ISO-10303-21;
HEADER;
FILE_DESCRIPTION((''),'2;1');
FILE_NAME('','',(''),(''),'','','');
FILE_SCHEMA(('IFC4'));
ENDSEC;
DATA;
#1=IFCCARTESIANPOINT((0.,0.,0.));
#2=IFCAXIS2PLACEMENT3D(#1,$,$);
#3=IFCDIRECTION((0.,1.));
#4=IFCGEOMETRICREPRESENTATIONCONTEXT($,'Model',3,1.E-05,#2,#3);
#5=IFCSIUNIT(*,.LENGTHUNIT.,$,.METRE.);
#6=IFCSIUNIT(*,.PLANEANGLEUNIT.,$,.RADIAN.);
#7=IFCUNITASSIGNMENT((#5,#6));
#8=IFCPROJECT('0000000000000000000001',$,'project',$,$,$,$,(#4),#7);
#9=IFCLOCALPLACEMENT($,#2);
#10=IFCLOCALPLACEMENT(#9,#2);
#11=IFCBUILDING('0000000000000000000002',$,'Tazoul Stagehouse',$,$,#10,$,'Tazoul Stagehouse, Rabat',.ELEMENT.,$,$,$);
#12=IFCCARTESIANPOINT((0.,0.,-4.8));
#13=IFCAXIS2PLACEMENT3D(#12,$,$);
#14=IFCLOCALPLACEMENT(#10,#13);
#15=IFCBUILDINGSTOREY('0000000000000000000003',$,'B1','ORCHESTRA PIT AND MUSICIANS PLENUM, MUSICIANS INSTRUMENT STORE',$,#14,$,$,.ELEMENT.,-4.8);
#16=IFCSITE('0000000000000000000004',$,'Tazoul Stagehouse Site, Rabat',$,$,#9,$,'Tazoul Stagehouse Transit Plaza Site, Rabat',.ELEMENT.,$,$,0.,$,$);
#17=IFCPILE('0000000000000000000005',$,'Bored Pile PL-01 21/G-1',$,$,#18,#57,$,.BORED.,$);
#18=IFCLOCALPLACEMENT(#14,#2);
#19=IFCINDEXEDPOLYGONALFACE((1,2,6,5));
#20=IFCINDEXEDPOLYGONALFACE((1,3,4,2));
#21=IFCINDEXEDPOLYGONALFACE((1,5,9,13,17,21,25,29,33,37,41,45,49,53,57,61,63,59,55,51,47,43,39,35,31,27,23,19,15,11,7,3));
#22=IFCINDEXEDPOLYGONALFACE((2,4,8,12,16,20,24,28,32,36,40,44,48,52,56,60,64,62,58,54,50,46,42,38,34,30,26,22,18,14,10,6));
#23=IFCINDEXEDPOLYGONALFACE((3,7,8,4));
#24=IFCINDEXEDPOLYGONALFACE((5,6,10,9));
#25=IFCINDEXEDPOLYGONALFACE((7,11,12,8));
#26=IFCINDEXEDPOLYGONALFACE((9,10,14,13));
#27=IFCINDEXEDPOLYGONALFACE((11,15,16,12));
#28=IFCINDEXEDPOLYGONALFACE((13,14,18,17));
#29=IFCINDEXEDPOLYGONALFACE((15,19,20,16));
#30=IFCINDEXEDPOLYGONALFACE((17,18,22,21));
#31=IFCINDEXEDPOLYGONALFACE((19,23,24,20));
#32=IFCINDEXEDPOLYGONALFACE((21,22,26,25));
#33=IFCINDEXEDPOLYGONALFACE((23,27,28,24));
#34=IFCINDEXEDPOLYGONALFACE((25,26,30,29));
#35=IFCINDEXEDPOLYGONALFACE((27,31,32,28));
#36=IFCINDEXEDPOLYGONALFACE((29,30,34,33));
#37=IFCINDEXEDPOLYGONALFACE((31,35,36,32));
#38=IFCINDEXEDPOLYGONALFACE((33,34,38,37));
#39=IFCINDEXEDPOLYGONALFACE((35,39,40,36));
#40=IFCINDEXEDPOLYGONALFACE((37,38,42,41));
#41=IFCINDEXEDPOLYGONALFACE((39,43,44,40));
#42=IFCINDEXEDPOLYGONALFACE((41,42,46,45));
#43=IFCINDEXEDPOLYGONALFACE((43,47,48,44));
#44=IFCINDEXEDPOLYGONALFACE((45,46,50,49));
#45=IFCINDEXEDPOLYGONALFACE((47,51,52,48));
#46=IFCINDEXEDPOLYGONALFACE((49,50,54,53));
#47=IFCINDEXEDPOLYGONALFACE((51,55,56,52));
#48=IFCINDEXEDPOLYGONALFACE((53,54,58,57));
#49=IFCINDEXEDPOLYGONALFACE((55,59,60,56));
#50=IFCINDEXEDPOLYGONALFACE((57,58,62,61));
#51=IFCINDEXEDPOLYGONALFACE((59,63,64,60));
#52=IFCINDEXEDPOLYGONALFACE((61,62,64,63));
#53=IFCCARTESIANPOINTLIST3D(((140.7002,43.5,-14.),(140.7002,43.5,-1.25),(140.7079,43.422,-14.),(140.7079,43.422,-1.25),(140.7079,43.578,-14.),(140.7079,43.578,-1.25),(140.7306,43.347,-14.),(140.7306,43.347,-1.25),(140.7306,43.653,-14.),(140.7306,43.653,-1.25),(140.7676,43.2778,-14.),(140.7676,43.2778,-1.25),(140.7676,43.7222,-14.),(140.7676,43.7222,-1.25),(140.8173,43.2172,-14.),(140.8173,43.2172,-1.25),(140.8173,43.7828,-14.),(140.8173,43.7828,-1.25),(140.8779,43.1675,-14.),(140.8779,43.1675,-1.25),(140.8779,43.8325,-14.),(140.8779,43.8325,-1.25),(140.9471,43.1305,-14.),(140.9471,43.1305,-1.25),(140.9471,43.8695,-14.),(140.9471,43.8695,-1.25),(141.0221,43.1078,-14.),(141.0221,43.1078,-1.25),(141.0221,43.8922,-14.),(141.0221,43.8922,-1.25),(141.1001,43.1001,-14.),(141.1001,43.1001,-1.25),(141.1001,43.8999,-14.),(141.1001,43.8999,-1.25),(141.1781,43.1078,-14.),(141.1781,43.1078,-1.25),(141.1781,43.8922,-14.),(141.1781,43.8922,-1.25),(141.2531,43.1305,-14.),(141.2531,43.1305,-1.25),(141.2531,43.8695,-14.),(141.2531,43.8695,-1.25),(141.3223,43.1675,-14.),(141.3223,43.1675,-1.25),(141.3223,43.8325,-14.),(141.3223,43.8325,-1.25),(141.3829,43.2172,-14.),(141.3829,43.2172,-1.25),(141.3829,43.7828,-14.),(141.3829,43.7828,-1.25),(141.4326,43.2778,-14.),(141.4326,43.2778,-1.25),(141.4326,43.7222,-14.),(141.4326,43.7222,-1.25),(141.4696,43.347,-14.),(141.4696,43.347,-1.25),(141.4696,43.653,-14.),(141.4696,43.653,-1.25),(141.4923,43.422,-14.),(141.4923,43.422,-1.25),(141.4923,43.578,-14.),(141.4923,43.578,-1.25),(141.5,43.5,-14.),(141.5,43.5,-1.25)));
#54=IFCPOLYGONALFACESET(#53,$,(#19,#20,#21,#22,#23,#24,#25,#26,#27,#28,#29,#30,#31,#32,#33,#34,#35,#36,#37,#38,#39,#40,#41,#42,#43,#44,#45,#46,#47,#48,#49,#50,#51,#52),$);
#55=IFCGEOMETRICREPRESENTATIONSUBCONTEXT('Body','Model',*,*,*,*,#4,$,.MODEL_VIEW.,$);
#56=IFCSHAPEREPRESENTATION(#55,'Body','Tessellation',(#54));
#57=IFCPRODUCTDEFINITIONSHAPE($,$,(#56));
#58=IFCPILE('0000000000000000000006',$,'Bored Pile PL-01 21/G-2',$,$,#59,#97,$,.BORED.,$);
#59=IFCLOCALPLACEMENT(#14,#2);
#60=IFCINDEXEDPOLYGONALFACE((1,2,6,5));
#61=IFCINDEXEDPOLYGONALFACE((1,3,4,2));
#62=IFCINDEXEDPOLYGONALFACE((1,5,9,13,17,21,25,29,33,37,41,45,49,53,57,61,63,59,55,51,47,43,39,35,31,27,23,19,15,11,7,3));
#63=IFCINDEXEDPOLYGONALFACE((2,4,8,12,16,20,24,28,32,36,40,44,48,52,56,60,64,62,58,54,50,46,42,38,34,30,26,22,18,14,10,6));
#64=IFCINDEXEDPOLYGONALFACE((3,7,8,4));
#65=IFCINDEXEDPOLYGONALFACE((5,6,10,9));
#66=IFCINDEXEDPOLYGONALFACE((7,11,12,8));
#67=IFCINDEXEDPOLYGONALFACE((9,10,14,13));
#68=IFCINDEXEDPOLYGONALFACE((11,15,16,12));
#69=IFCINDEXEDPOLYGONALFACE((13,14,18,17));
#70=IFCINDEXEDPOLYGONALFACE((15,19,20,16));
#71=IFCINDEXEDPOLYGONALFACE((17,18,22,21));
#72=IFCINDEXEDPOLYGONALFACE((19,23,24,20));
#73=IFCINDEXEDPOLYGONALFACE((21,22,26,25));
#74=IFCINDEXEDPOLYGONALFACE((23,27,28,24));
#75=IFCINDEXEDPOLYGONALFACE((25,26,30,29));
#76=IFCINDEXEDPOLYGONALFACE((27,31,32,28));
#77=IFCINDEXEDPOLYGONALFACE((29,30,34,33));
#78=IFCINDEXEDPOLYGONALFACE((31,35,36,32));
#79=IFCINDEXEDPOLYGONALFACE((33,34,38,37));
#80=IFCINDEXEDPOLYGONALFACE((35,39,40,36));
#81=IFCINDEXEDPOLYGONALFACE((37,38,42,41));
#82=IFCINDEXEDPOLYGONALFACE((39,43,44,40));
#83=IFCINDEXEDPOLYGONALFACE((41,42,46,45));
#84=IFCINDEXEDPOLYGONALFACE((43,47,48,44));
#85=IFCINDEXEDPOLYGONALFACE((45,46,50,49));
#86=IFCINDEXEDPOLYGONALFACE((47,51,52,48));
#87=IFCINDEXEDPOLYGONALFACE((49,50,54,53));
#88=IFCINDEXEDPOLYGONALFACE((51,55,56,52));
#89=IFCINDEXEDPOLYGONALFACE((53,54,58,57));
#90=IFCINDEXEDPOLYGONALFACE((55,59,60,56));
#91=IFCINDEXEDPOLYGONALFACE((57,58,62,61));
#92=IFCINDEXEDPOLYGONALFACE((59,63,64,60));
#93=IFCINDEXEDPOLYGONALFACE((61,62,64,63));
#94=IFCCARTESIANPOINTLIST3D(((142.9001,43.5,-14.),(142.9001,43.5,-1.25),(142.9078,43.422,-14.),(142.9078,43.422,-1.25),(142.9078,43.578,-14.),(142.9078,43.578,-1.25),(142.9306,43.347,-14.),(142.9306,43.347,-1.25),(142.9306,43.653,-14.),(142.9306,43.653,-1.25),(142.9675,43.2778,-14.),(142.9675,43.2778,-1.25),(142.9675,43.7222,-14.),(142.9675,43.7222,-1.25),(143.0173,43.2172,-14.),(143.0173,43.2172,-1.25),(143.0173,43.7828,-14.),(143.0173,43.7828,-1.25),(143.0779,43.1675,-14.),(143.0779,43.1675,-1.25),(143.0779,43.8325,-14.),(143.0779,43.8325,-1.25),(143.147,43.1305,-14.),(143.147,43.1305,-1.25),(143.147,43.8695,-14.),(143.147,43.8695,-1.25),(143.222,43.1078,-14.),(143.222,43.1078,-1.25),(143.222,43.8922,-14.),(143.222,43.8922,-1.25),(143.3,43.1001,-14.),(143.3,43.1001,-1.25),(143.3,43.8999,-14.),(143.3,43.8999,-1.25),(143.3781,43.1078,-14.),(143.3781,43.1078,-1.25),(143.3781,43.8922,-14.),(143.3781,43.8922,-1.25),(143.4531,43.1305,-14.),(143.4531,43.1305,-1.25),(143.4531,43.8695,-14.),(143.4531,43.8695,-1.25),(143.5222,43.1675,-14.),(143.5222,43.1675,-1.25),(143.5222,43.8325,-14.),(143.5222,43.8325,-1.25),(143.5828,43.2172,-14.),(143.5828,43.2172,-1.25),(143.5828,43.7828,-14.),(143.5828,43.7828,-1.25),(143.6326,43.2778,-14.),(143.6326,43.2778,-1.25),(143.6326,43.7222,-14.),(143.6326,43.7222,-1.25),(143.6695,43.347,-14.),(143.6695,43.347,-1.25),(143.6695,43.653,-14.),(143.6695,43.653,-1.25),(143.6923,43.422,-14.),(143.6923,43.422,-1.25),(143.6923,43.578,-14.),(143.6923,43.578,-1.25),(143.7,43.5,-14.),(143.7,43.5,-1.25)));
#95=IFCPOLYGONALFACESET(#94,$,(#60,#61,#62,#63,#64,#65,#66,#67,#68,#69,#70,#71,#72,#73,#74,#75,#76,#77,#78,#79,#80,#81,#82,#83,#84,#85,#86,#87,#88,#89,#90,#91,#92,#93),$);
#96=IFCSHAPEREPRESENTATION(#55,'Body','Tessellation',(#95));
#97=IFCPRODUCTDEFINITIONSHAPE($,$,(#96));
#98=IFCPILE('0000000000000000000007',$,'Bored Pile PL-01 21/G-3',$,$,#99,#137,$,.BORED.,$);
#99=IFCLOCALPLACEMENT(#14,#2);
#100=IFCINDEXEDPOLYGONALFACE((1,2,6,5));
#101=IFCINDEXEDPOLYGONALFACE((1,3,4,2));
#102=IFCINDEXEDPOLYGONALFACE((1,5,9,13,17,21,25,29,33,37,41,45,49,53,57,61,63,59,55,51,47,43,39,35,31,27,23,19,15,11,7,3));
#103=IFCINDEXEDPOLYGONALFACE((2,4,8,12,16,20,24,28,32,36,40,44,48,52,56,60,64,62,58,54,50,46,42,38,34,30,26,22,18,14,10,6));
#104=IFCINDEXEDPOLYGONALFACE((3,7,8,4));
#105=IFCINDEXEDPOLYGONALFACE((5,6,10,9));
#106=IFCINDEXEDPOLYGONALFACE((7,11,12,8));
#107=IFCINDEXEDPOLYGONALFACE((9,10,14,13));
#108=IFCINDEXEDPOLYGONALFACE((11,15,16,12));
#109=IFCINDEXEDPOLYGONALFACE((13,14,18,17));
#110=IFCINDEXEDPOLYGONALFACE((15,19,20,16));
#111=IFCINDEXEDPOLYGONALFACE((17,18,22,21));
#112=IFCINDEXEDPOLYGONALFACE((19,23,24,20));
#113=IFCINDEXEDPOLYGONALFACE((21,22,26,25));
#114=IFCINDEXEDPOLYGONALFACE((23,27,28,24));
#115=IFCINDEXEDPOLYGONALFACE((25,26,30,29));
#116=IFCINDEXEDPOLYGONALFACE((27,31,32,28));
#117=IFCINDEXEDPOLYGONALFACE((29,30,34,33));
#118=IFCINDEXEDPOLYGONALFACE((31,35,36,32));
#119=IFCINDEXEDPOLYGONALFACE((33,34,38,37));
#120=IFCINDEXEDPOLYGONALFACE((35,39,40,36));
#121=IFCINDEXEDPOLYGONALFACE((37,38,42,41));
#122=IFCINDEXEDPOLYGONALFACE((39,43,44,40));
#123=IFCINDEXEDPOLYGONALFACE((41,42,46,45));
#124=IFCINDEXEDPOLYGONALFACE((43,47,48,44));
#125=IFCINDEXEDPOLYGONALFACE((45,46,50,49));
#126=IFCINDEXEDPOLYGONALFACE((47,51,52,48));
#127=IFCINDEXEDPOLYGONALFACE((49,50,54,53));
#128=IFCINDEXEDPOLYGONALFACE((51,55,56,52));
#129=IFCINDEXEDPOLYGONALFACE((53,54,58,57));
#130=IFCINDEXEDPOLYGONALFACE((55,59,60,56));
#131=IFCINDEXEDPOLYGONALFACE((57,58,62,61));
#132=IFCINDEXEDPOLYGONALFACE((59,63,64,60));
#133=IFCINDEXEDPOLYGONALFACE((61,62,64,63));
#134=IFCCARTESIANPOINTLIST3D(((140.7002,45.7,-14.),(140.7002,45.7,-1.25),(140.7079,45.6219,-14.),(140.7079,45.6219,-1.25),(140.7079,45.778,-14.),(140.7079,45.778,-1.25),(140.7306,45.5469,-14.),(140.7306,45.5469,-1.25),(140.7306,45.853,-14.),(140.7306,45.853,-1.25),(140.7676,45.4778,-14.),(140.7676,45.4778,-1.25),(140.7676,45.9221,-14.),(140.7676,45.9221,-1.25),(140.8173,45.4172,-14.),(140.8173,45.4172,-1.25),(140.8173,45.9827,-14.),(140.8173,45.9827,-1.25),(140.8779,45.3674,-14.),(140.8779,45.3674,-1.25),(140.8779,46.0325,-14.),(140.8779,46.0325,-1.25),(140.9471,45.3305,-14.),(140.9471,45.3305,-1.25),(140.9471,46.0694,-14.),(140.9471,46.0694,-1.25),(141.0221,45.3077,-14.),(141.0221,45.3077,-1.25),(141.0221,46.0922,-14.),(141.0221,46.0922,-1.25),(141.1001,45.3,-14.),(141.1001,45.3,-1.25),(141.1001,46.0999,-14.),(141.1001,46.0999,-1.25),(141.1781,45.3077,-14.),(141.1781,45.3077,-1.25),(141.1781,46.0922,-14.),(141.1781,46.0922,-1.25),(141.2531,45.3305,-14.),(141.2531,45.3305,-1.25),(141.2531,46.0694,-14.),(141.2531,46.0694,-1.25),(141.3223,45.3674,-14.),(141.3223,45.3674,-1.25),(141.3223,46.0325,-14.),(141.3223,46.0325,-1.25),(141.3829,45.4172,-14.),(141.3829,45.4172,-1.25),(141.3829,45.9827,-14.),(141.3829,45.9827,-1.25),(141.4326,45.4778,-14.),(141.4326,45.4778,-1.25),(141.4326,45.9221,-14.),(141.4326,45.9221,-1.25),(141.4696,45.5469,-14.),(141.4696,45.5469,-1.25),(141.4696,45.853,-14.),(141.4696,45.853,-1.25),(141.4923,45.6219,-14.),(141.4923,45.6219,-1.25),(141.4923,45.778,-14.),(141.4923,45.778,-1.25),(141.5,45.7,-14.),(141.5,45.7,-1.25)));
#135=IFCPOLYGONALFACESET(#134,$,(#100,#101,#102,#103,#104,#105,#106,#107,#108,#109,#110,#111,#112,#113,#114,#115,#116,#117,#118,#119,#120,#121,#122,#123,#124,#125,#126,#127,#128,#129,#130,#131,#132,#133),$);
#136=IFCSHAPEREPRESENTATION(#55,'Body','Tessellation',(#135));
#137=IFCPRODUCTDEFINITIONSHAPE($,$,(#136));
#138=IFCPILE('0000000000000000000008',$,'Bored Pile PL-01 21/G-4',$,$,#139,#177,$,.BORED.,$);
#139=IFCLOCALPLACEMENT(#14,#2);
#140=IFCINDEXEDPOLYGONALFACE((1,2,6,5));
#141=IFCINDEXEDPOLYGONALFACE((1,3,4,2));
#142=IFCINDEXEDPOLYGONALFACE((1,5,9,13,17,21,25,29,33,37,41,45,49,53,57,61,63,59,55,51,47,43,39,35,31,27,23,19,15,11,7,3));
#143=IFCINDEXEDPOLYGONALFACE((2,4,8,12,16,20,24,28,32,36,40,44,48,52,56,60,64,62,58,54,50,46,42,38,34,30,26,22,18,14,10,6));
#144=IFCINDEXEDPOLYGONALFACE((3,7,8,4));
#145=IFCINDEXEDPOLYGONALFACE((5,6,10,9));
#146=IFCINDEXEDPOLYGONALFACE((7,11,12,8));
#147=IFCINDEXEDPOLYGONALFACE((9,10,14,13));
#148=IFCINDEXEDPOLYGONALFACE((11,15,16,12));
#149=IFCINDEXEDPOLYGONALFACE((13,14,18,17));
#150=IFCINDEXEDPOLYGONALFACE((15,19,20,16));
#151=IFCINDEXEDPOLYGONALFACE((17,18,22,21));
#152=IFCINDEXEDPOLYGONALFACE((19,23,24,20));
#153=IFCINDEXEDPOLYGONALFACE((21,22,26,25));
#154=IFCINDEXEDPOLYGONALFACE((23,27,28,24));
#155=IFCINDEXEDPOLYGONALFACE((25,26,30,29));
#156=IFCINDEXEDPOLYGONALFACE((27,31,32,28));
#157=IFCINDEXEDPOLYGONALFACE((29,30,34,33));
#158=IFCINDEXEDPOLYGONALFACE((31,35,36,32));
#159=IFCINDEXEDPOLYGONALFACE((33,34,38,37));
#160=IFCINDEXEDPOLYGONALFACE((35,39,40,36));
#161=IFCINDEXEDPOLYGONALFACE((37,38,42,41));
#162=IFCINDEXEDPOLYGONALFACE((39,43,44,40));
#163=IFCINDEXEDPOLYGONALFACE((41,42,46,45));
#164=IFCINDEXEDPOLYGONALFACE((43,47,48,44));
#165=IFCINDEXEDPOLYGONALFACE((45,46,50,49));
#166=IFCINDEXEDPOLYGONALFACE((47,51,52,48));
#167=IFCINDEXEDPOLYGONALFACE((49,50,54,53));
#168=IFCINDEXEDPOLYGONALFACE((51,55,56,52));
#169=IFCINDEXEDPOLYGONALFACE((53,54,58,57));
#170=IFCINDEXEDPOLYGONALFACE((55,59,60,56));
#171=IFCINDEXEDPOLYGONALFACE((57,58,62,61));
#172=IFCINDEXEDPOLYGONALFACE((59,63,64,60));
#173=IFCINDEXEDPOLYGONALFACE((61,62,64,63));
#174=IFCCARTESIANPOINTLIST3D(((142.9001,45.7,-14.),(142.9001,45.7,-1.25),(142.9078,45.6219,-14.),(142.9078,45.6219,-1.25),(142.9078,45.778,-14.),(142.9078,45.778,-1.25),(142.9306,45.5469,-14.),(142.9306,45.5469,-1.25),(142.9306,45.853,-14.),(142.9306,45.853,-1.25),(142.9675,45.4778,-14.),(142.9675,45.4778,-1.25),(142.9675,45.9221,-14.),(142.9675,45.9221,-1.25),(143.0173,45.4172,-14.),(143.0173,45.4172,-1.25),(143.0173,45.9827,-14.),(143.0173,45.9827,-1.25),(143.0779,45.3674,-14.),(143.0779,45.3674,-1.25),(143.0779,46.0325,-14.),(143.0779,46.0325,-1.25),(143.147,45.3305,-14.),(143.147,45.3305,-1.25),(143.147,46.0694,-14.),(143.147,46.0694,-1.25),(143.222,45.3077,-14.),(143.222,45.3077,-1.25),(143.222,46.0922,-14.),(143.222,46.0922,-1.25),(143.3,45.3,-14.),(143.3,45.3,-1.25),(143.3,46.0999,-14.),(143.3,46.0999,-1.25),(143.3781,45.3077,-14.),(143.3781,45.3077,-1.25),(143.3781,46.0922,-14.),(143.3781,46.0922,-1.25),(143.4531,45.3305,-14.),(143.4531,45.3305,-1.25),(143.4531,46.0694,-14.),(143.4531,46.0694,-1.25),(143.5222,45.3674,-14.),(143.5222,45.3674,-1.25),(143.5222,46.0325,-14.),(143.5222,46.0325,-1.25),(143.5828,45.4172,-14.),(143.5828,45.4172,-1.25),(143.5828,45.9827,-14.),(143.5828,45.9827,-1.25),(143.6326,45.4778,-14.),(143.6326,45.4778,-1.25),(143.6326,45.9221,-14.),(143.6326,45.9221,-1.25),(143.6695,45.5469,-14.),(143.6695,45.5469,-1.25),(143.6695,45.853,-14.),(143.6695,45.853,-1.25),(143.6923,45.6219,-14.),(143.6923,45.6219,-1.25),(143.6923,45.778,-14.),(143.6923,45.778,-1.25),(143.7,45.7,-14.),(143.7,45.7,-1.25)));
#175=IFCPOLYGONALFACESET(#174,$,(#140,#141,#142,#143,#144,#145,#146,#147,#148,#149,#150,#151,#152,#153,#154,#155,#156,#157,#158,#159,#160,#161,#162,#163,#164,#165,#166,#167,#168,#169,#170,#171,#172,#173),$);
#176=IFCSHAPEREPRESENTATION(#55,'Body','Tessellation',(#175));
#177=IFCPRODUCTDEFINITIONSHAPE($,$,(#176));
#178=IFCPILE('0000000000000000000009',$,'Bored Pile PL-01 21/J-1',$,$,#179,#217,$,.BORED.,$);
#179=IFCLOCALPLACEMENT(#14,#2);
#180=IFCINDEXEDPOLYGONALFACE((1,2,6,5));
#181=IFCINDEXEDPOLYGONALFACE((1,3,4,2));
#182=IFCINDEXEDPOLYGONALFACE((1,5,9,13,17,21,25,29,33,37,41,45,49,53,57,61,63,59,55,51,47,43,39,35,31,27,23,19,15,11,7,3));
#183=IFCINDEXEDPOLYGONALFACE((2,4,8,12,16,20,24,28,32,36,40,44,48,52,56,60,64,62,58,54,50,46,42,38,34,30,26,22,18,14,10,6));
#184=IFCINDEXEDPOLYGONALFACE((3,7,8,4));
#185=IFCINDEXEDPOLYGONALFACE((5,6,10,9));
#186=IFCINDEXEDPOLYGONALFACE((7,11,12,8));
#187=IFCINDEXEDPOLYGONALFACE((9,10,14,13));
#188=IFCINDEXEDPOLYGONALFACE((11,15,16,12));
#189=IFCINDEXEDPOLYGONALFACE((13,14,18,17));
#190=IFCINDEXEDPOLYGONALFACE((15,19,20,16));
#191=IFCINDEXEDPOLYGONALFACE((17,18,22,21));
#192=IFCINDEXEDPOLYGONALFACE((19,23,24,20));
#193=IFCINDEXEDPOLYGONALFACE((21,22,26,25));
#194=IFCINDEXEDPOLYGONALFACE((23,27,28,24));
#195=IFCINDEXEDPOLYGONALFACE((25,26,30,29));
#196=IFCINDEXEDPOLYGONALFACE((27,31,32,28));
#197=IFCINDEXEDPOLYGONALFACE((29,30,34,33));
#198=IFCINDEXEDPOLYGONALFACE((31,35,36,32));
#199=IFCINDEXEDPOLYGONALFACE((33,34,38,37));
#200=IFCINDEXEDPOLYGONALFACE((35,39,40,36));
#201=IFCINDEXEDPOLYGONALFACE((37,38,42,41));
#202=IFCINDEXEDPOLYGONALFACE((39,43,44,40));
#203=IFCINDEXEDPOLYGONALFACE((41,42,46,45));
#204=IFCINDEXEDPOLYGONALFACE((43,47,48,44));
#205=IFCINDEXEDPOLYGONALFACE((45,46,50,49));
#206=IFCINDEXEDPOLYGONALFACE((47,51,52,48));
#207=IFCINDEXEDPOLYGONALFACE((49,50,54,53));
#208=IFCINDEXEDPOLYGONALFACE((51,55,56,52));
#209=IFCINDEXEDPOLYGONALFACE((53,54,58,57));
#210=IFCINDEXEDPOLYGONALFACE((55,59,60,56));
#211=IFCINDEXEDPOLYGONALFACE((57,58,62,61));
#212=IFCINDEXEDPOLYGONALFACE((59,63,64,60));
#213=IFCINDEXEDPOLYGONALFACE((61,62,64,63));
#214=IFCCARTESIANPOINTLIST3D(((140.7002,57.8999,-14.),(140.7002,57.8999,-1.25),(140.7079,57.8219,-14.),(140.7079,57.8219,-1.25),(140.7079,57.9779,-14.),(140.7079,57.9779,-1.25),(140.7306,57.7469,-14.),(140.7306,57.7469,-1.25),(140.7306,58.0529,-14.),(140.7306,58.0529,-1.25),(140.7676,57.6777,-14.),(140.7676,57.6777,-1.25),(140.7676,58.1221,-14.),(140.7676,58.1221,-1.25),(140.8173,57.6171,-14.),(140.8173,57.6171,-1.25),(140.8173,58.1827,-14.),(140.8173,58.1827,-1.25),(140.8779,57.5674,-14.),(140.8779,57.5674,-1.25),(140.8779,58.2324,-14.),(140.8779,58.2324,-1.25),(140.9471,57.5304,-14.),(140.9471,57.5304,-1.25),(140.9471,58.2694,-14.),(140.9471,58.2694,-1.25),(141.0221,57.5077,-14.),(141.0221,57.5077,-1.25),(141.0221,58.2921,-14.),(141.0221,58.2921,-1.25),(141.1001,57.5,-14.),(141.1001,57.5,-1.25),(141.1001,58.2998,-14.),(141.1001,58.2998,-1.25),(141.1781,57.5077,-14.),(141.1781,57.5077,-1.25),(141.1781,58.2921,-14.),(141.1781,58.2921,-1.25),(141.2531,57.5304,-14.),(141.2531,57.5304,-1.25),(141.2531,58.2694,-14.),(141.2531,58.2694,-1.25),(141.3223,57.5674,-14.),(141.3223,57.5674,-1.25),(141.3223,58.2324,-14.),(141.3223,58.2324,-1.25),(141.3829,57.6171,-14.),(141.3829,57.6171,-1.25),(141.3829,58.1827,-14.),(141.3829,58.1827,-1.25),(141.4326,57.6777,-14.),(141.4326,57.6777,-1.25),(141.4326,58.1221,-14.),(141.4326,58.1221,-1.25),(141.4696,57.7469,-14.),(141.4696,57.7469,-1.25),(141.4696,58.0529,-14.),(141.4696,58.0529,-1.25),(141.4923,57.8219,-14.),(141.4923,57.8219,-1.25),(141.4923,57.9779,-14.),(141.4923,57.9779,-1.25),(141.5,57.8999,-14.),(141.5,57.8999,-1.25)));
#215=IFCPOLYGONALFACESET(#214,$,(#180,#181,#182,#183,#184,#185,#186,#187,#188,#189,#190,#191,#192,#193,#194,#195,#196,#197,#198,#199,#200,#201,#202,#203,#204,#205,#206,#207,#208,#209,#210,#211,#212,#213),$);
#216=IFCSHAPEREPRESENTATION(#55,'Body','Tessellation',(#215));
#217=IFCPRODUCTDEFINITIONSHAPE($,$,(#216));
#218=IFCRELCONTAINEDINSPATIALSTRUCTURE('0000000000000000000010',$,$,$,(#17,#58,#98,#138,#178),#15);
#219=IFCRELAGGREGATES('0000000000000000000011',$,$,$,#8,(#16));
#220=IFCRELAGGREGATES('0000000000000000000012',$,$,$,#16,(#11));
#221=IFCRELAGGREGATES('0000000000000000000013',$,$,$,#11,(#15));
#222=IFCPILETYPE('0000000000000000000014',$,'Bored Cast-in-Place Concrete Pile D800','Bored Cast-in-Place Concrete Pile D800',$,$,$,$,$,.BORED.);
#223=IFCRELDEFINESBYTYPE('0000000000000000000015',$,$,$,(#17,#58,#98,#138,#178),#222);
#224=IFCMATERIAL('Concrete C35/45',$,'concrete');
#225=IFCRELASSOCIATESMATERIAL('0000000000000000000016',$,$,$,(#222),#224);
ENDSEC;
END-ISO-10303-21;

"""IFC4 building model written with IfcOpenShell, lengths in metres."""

from ifc_helpers import new_model, si_unit, direction, frame, origin, origin_2d, place, context, subcontext, project, spatial, circle, extrude, material, material_profile, profile_set, type_object, element, save


model = new_model("IFC4")

# Units and contexts
model_context = context("Model", 3, precision=1e-05, world=origin(), true_north=direction((0.0, 1.0)))
body_context = subcontext(model_context, "Body", "Model", "MODEL_VIEW")
ifc_project = project(units=[si_unit("LENGTHUNIT", "METRE"), si_unit("PLANEANGLEUNIT", "RADIAN")], contexts=[model_context])

# Site, building, storey
site_placement = place(None, origin())
site = spatial("IfcSite", under=ifc_project, at=site_placement, Name="Tazoul Stagehouse Site, Rabat", LongName="Tazoul Stagehouse Transit Plaza Site, Rabat", CompositionType="ELEMENT", RefElevation=0.0)
building_placement = place(site_placement, origin())
building = spatial("IfcBuilding", under=site, at=building_placement, Name="Tazoul Stagehouse", LongName="Tazoul Stagehouse, Rabat", CompositionType="ELEMENT")
storey_placement = place(building_placement, frame((0.0, 0.0, -4.8)))
storey = spatial("IfcBuildingStorey", under=building, at=storey_placement, Name="B1", Description="ORCHESTRA PIT AND MUSICIANS PLENUM, MUSICIANS INSTRUMENT STORE", CompositionType="ELEMENT", Elevation=-4.8)

# Piles
ifc_material_1 = material(Name="Concrete C35/45", Category="concrete")
ifc_material_profile_1 = material_profile(ifc_material_1, circle(Radius=0.3999, at=origin_2d()), Name="BORED PILE 800")
ifc_profile_set_1 = profile_set([ifc_material_profile_1], Name="Concrete C35/45")
pile_type = type_object("IfcPileType", Name="Bored Cast-in-Place Concrete Pile D800", Description="Bored Cast-in-Place Concrete Pile D800", PredefinedType="BORED", material=ifc_profile_set_1)
for number, where, z_axis, x_axis, name in (
    (1, (141.1001, 43.5, -1.25), (0.0, 0.0, -1.0), (1.0, 0.0, 0.0), "Bored Pile PL-01 21/G-1"),
    (2, (143.3, 43.5, -1.25), (0.0, 0.0, -1.0), (1.0, 0.0, 0.0), "Bored Pile PL-01 21/G-2"),
    (3, (141.1001, 45.7, -1.25), (0.0, 0.0, -1.0), (1.0, 0.0, 0.0), "Bored Pile PL-01 21/G-3"),
    (4, (143.3, 45.7, -1.25), (0.0, 0.0, -1.0), (1.0, 0.0, 0.0), "Bored Pile PL-01 21/G-4"),
    (5, (141.1001, 57.8999, -1.25), (0.0, 0.0, -1.0), (1.0, 0.0, 0.0), "Bored Pile PL-01 21/J-1"),
):
    element("IfcPile", number, at=place(storey_placement, frame(where, z_axis=z_axis, x_axis=x_axis)), inside=storey, type_object=pile_type, Name=name, PredefinedType="BORED", context=body_context, shape_type="SweptSolid", body=[
        extrude(circle(Radius=0.3999, at=origin_2d()), origin(), (0.0, 0.0, 1.0), 12.75),
    ])

save(model, "model.ifc")
